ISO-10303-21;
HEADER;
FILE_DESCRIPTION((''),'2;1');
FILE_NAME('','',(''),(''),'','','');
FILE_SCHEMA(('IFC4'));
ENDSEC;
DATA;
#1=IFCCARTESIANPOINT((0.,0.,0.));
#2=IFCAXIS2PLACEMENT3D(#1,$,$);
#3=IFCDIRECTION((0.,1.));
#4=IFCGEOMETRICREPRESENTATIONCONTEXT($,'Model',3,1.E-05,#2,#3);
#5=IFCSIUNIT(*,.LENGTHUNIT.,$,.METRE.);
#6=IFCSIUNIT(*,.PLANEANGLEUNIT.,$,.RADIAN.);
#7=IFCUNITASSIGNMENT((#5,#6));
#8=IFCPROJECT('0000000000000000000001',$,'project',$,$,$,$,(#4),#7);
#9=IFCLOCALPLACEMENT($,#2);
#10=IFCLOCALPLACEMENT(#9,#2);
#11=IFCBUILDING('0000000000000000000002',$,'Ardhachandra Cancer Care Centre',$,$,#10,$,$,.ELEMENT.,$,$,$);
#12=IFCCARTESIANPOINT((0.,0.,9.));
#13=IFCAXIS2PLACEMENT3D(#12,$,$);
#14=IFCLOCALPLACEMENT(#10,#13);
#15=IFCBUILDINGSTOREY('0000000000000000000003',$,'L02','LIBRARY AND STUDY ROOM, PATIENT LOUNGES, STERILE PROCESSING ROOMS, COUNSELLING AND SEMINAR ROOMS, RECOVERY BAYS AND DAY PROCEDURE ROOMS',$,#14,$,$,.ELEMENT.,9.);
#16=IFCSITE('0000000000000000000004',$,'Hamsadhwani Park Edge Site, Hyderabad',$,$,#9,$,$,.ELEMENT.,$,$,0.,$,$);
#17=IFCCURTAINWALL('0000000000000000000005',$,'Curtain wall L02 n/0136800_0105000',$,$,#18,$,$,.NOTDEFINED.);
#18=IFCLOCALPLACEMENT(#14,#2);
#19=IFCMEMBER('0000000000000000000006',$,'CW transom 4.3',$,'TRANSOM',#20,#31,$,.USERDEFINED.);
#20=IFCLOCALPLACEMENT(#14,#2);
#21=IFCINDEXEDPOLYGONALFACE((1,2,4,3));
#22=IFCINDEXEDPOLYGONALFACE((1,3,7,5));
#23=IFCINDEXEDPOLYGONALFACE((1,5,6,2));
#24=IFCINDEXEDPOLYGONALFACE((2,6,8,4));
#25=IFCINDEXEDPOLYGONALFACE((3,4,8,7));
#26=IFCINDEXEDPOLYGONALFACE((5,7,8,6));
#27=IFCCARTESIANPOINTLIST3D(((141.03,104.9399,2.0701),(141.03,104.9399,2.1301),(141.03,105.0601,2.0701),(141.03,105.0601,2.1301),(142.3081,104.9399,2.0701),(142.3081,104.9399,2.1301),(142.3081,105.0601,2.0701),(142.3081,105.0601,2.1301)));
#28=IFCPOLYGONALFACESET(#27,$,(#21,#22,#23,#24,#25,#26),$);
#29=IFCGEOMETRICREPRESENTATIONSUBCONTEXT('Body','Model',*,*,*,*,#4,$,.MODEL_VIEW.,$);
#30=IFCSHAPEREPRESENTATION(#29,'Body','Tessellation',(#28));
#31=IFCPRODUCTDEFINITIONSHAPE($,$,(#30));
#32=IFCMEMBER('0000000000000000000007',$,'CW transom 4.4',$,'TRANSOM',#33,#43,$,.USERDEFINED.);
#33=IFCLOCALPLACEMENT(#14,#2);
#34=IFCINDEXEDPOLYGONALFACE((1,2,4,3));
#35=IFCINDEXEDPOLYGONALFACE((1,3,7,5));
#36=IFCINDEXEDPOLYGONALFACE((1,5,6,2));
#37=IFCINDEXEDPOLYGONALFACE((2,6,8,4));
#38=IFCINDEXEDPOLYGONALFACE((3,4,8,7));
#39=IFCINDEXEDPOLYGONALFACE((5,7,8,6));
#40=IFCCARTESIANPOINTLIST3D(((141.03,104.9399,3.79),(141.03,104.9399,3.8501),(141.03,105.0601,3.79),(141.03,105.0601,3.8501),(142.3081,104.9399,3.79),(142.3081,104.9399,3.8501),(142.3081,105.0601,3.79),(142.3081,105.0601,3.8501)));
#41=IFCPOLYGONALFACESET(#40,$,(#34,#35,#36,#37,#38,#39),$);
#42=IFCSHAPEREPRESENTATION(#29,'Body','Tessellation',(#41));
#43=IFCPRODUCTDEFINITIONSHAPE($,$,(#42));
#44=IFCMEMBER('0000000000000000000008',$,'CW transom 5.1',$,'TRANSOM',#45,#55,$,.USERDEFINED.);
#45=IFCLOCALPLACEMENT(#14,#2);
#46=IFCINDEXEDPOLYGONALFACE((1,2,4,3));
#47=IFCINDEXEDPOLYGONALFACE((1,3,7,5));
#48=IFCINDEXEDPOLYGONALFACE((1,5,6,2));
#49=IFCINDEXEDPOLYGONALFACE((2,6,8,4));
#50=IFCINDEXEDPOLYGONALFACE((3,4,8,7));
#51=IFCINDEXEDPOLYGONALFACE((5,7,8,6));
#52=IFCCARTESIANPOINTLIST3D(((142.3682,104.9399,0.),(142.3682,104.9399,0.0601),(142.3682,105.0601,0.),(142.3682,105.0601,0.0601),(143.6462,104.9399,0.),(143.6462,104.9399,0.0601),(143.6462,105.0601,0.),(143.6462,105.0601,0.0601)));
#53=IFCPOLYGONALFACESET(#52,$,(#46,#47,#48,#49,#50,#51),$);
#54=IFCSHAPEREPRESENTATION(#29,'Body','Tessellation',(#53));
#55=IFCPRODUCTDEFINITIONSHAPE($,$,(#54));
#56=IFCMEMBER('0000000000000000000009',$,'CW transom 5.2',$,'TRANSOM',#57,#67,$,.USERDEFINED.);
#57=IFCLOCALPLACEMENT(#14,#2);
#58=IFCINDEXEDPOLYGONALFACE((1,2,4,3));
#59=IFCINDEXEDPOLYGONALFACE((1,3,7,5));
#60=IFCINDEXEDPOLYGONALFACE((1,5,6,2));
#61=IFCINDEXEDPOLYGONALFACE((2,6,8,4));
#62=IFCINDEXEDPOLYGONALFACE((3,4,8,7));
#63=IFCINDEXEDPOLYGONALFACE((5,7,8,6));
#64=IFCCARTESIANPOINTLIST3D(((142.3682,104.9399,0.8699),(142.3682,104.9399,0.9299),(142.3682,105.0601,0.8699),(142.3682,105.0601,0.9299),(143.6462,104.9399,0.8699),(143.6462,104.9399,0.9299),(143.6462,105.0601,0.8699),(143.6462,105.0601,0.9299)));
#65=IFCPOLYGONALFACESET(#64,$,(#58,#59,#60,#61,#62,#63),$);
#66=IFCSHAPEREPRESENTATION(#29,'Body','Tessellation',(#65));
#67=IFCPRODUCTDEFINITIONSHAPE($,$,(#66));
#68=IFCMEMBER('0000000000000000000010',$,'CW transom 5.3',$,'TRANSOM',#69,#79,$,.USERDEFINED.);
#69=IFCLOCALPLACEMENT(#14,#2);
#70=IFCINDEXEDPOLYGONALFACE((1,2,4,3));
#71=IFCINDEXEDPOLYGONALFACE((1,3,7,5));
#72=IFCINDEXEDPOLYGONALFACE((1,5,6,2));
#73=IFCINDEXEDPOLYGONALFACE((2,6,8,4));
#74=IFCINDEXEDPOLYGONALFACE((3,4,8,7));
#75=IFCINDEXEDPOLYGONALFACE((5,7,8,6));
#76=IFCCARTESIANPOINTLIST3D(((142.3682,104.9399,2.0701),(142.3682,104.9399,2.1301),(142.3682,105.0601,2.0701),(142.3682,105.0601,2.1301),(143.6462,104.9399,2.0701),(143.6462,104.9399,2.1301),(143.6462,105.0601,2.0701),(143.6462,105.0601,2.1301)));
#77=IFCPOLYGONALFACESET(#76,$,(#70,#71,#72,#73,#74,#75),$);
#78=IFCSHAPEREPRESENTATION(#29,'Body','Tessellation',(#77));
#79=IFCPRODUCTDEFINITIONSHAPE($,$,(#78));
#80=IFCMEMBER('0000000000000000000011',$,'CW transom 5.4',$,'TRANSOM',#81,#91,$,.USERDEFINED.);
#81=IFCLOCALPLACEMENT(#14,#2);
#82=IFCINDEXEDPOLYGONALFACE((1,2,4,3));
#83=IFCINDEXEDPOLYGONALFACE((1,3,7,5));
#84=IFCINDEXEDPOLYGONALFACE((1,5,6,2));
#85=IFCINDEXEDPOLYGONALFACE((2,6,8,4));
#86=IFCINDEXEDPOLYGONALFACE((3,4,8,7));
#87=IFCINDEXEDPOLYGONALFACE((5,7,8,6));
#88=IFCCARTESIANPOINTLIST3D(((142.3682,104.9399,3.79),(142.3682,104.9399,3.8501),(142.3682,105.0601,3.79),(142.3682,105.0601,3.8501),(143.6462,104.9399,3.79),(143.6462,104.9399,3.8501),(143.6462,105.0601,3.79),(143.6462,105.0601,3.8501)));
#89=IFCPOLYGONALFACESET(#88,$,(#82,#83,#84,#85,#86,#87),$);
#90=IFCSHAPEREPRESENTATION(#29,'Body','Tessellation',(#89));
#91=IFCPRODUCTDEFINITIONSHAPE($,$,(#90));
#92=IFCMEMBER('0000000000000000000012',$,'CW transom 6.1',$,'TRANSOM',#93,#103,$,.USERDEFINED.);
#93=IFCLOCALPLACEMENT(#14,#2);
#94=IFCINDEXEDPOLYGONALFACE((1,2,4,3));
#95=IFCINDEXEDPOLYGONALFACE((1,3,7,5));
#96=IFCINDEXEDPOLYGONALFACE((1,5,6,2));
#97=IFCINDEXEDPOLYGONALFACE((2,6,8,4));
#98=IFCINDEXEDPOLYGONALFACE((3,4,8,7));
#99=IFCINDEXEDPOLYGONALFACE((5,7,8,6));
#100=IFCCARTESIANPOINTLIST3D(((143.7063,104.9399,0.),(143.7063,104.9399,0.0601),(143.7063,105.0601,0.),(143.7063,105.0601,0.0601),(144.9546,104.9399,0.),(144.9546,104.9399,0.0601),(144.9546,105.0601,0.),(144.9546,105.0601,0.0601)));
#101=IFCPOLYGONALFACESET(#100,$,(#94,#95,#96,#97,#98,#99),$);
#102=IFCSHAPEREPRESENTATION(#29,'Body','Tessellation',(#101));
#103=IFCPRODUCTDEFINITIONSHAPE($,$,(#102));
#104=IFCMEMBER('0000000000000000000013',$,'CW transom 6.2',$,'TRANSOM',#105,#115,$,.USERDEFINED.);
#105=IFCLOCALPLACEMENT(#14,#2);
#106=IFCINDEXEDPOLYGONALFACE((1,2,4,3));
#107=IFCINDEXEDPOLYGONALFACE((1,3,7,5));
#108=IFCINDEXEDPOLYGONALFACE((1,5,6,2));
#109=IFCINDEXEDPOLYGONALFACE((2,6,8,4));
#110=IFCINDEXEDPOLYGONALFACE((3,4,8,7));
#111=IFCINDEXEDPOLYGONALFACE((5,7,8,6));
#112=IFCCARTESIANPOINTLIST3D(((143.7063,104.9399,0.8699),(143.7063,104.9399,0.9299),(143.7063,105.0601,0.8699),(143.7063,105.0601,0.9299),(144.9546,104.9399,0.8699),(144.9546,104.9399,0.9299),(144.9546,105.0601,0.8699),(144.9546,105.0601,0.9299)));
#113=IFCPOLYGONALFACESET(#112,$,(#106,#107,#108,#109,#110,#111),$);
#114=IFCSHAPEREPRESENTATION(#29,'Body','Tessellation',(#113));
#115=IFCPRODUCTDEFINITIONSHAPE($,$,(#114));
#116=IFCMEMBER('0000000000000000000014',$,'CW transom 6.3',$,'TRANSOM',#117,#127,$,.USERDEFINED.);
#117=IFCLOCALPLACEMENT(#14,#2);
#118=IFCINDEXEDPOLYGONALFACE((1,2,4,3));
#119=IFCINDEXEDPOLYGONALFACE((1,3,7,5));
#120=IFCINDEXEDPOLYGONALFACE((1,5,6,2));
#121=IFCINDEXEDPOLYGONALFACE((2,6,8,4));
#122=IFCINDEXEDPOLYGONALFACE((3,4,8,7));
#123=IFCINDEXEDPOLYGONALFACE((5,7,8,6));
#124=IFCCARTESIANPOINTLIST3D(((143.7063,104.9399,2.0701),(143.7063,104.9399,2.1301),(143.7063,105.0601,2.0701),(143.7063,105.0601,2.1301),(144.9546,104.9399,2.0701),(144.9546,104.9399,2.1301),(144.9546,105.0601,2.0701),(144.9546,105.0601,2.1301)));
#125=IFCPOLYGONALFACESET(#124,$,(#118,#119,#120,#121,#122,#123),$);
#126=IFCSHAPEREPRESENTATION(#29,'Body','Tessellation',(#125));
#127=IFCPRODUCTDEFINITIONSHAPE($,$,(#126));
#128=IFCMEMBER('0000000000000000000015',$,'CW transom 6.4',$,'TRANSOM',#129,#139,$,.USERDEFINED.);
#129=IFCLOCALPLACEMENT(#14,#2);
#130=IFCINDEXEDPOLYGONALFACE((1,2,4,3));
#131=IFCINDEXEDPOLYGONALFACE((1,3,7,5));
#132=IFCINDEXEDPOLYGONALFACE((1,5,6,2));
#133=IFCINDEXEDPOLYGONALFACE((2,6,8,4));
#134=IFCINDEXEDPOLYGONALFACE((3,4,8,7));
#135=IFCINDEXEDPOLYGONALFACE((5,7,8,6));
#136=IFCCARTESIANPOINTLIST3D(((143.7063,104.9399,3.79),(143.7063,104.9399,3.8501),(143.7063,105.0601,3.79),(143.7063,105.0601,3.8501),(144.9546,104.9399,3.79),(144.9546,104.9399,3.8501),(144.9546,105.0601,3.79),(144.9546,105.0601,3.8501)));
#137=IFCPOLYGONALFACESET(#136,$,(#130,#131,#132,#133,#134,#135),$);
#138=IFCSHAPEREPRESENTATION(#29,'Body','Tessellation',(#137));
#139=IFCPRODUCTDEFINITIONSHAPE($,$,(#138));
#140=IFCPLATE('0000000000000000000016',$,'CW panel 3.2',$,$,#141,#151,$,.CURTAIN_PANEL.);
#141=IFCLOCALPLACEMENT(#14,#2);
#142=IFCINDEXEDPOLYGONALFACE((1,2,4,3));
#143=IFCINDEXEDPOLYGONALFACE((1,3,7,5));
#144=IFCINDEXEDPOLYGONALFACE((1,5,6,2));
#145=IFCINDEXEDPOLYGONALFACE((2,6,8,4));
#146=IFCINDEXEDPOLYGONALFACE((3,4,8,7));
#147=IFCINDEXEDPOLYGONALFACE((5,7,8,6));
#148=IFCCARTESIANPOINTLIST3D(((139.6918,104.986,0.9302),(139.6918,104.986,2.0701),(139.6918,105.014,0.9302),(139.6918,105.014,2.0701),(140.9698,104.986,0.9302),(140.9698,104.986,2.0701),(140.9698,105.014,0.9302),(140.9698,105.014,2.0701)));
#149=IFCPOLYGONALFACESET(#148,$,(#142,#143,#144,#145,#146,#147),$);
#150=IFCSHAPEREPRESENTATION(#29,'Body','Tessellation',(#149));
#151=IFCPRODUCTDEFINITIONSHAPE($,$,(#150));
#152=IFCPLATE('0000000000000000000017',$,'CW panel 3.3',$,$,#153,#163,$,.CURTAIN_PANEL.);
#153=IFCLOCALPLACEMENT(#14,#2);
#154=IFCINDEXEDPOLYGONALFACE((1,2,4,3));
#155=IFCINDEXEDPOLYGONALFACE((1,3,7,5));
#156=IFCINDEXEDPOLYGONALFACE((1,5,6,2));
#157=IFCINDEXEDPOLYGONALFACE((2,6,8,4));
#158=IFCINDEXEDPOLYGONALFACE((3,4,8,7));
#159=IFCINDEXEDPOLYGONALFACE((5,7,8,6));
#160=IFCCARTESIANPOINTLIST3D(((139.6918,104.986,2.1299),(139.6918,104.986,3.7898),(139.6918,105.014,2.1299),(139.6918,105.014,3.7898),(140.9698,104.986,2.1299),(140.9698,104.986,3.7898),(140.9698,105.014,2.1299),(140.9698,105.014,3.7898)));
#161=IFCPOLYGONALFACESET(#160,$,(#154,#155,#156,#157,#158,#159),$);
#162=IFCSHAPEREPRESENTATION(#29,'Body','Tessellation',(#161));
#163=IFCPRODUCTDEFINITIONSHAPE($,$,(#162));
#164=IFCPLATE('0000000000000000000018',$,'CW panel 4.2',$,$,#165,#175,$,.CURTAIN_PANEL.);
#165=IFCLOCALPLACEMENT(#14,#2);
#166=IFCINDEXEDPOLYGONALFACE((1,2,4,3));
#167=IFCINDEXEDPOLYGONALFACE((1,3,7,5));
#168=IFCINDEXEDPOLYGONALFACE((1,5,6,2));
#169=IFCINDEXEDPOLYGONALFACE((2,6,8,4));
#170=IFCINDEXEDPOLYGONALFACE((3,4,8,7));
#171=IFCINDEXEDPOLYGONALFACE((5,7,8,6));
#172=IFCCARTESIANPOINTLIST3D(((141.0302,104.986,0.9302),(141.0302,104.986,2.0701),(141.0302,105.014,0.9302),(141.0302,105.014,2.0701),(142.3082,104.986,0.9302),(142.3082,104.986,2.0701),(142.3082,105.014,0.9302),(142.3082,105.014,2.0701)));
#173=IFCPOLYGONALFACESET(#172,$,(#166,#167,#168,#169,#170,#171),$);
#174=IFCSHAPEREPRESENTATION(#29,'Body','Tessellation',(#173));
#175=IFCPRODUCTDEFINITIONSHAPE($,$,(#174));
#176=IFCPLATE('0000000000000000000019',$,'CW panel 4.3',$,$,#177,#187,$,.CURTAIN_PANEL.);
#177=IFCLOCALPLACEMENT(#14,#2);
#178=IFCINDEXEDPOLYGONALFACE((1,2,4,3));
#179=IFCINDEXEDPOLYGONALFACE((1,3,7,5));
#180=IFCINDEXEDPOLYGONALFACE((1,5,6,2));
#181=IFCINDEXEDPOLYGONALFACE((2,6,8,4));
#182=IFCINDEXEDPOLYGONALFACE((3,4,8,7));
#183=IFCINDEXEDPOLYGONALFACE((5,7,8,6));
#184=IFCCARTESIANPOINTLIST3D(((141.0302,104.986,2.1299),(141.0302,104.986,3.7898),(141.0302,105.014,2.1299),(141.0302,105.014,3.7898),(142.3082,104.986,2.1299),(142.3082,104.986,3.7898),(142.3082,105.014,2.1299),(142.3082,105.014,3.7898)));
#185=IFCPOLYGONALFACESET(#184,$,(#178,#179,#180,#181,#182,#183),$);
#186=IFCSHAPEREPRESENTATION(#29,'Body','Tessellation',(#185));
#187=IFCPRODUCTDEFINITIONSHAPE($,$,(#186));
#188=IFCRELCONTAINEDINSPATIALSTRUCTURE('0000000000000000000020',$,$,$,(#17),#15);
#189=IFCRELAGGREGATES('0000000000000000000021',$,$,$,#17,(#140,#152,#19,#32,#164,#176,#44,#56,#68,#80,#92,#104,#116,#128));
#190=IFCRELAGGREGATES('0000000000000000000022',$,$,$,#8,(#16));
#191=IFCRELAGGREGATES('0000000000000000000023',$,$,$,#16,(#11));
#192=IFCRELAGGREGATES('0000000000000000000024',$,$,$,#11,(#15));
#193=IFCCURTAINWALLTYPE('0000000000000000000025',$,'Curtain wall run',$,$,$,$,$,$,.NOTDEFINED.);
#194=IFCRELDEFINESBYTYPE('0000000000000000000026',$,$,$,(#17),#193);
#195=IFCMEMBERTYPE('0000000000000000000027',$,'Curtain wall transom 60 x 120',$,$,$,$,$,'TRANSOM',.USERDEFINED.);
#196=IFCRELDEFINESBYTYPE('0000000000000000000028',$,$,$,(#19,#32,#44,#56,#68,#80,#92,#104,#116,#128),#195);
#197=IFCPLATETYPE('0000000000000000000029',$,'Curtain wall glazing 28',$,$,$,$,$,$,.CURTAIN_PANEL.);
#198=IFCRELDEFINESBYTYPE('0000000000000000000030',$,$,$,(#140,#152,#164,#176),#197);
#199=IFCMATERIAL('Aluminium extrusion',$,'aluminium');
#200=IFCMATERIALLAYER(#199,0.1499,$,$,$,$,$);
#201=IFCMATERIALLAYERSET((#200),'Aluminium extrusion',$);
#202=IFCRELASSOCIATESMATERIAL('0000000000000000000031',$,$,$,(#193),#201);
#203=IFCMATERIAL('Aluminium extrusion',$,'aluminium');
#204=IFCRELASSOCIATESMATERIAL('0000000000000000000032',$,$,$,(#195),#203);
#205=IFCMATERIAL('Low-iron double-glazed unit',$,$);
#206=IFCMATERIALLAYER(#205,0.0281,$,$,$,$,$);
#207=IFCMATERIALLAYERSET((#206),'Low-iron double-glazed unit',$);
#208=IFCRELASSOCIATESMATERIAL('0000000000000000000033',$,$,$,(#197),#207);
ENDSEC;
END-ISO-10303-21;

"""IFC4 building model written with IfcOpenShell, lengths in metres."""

from ifc_helpers import new_model, si_unit, direction, frame, origin, origin_2d, place, context, subcontext, project, spatial, rectangle, extrude, material, layer, layer_set, material_profile, profile_set, type_object, element, aggregate, save


model = new_model("IFC4")

# Units and contexts
model_context = context("Model", 3, precision=1e-05, world=origin(), true_north=direction((0.0, 1.0)))
body_context = subcontext(model_context, "Body", "Model", "MODEL_VIEW")
ifc_project = project(units=[si_unit("LENGTHUNIT", "METRE"), si_unit("PLANEANGLEUNIT", "RADIAN")], contexts=[model_context])

# Site, building, storey
site_placement = place(None, origin())
site = spatial("IfcSite", under=ifc_project, at=site_placement, Name="Hamsadhwani Park Edge Site, Hyderabad", CompositionType="ELEMENT", RefElevation=0.0)
building_placement = place(site_placement, origin())
building = spatial("IfcBuilding", under=site, at=building_placement, Name="Ardhachandra Cancer Care Centre", CompositionType="ELEMENT")
storey_placement = place(building_placement, frame((0.0, 0.0, 9.0)))
storey = spatial("IfcBuildingStorey", under=building, at=storey_placement, Name="L02", Description="LIBRARY AND STUDY ROOM, PATIENT LOUNGES, STERILE PROCESSING ROOMS, COUNSELLING AND SEMINAR ROOMS, RECOVERY BAYS AND DAY PROCEDURE ROOMS", CompositionType="ELEMENT", Elevation=9.0)

# Curtain wall, members, plates
ifc_material_1 = material(Name="Aluminium extrusion", Category="aluminium")
ifc_layer_1 = layer(ifc_material_1, 0.1499)
ifc_layer_set_1 = layer_set([ifc_layer_1], Name="Aluminium extrusion")
curtain_wall_type = type_object("IfcCurtainWallType", Name="Curtain wall run", PredefinedType="NOTDEFINED", material=ifc_layer_set_1)
curtain_wall_placement = place(storey_placement, origin())
curtain_wall = element("IfcCurtainWall", 1, at=curtain_wall_placement, inside=storey, type_object=curtain_wall_type, Name="Curtain wall L02 n/0136800_0105000", PredefinedType="NOTDEFINED")
ifc_material_2 = material(Name="Aluminium extrusion", Category="aluminium")
ifc_material_profile_1 = material_profile(ifc_material_2, rectangle(XDim=0.1201, YDim=0.0601, at=origin_2d()), Name="Curtain wall transom 60 x 120")
ifc_profile_set_1 = profile_set([ifc_material_profile_1], Name="Aluminium extrusion")
member_type_1 = type_object("IfcMemberType", Name="Curtain wall transom 60 x 120", ElementType="TRANSOM", PredefinedType="USERDEFINED", material=ifc_profile_set_1)
member_1_placement = place(storey_placement, frame((141.03, 105.0, 2.1001), z_axis=(1.0, 0.0, 0.0), x_axis=(0.0, 1.0, 0.0)))
member_1 = element("IfcMember", 2, at=member_1_placement, type_object=member_type_1, Name="CW transom 4.3", ObjectType="TRANSOM", PredefinedType="USERDEFINED", context=body_context, shape_type="SweptSolid", body=[
    extrude(rectangle(XDim=0.1201, YDim=0.0601, at=origin_2d()), origin(), (0.0, 0.0, 1.0), 1.2781),
])
member_2_placement = place(storey_placement, frame((141.03, 105.0, 3.8201), z_axis=(1.0, 0.0, 0.0), x_axis=(0.0, 1.0, 0.0)))
member_2 = element("IfcMember", 3, at=member_2_placement, type_object=member_type_1, Name="CW transom 4.4", ObjectType="TRANSOM", PredefinedType="USERDEFINED", context=body_context, shape_type="SweptSolid", body=[
    extrude(rectangle(XDim=0.1201, YDim=0.0601, at=origin_2d()), origin(), (0.0, 0.0, 1.0), 1.2781),
])
member_3_placement = place(storey_placement, frame((142.3682, 105.0, 0.03), z_axis=(1.0, 0.0, 0.0), x_axis=(0.0, 1.0, 0.0)))
member_3 = element("IfcMember", 4, at=member_3_placement, type_object=member_type_1, Name="CW transom 5.1", ObjectType="TRANSOM", PredefinedType="USERDEFINED", context=body_context, shape_type="SweptSolid", body=[
    extrude(rectangle(XDim=0.1201, YDim=0.0601, at=origin_2d()), origin(), (0.0, 0.0, 1.0), 1.2781),
])
member_4_placement = place(storey_placement, frame((142.3682, 105.0, 0.8999), z_axis=(1.0, 0.0, 0.0), x_axis=(0.0, 1.0, 0.0)))
member_4 = element("IfcMember", 5, at=member_4_placement, type_object=member_type_1, Name="CW transom 5.2", ObjectType="TRANSOM", PredefinedType="USERDEFINED", context=body_context, shape_type="SweptSolid", body=[
    extrude(rectangle(XDim=0.1201, YDim=0.0601, at=origin_2d()), origin(), (0.0, 0.0, 1.0), 1.2781),
])
member_5_placement = place(storey_placement, frame((142.3682, 105.0, 2.1001), z_axis=(1.0, 0.0, 0.0), x_axis=(0.0, 1.0, 0.0)))
member_5 = element("IfcMember", 6, at=member_5_placement, type_object=member_type_1, Name="CW transom 5.3", ObjectType="TRANSOM", PredefinedType="USERDEFINED", context=body_context, shape_type="SweptSolid", body=[
    extrude(rectangle(XDim=0.1201, YDim=0.0601, at=origin_2d()), origin(), (0.0, 0.0, 1.0), 1.2781),
])
member_6_placement = place(storey_placement, frame((142.3682, 105.0, 3.8201), z_axis=(1.0, 0.0, 0.0), x_axis=(0.0, 1.0, 0.0)))
member_6 = element("IfcMember", 7, at=member_6_placement, type_object=member_type_1, Name="CW transom 5.4", ObjectType="TRANSOM", PredefinedType="USERDEFINED", context=body_context, shape_type="SweptSolid", body=[
    extrude(rectangle(XDim=0.1201, YDim=0.0601, at=origin_2d()), origin(), (0.0, 0.0, 1.0), 1.2781),
])
member_7_placement = place(storey_placement, frame((143.7063, 105.0, 0.03), z_axis=(1.0, 0.0, 0.0), x_axis=(0.0, 1.0, 0.0)))
member_7 = element("IfcMember", 8, at=member_7_placement, type_object=member_type_1, Name="CW transom 6.1", ObjectType="TRANSOM", PredefinedType="USERDEFINED", context=body_context, shape_type="SweptSolid", body=[
    extrude(rectangle(XDim=0.1201, YDim=0.0601, at=origin_2d()), origin(), (0.0, 0.0, 1.0), 1.2483),
])
member_8_placement = place(storey_placement, frame((143.7063, 105.0, 0.8999), z_axis=(1.0, 0.0, 0.0), x_axis=(0.0, 1.0, 0.0)))
member_8 = element("IfcMember", 9, at=member_8_placement, type_object=member_type_1, Name="CW transom 6.2", ObjectType="TRANSOM", PredefinedType="USERDEFINED", context=body_context, shape_type="SweptSolid", body=[
    extrude(rectangle(XDim=0.1201, YDim=0.0601, at=origin_2d()), origin(), (0.0, 0.0, 1.0), 1.2483),
])
member_9_placement = place(storey_placement, frame((143.7063, 105.0, 2.1001), z_axis=(1.0, 0.0, 0.0), x_axis=(0.0, 1.0, 0.0)))
member_9 = element("IfcMember", 10, at=member_9_placement, type_object=member_type_1, Name="CW transom 6.3", ObjectType="TRANSOM", PredefinedType="USERDEFINED", context=body_context, shape_type="SweptSolid", body=[
    extrude(rectangle(XDim=0.1201, YDim=0.0601, at=origin_2d()), origin(), (0.0, 0.0, 1.0), 1.2483),
])
member_10_placement = place(storey_placement, frame((143.7063, 105.0, 3.8201), z_axis=(1.0, 0.0, 0.0), x_axis=(0.0, 1.0, 0.0)))
member_10 = element("IfcMember", 11, at=member_10_placement, type_object=member_type_1, Name="CW transom 6.4", ObjectType="TRANSOM", PredefinedType="USERDEFINED", context=body_context, shape_type="SweptSolid", body=[
    extrude(rectangle(XDim=0.1201, YDim=0.0601, at=origin_2d()), origin(), (0.0, 0.0, 1.0), 1.2483),
])
ifc_material_3 = material(Name="Low-iron double-glazed unit")
ifc_layer_2 = layer(ifc_material_3, 0.0281)
ifc_layer_set_2 = layer_set([ifc_layer_2], Name="Low-iron double-glazed unit")
plate_type_1 = type_object("IfcPlateType", Name="Curtain wall glazing 28", PredefinedType="CURTAIN_PANEL", material=ifc_layer_set_2)
plate_1_placement = place(storey_placement, frame((140.3308, 105.0, 0.9302), z_axis=(0.0, 0.0, 1.0), x_axis=(1.0, 0.0, 0.0)))
plate_1 = element("IfcPlate", 12, at=plate_1_placement, type_object=plate_type_1, Name="CW panel 3.2", PredefinedType="CURTAIN_PANEL", context=body_context, shape_type="SweptSolid", body=[
    extrude(rectangle(XDim=1.2781, YDim=0.0281, at=origin_2d()), origin(), (0.0, 0.0, 1.0), 1.1399),
])
plate_2_placement = place(storey_placement, frame((140.3308, 105.0, 2.1299), z_axis=(0.0, 0.0, 1.0), x_axis=(1.0, 0.0, 0.0)))
plate_2 = element("IfcPlate", 13, at=plate_2_placement, type_object=plate_type_1, Name="CW panel 3.3", PredefinedType="CURTAIN_PANEL", context=body_context, shape_type="SweptSolid", body=[
    extrude(rectangle(XDim=1.2781, YDim=0.0281, at=origin_2d()), origin(), (0.0, 0.0, 1.0), 1.6599),
])
plate_3_placement = place(storey_placement, frame((141.6692, 105.0, 0.9302), z_axis=(0.0, 0.0, 1.0), x_axis=(1.0, 0.0, 0.0)))
plate_3 = element("IfcPlate", 14, at=plate_3_placement, type_object=plate_type_1, Name="CW panel 4.2", PredefinedType="CURTAIN_PANEL", context=body_context, shape_type="SweptSolid", body=[
    extrude(rectangle(XDim=1.2781, YDim=0.0281, at=origin_2d()), origin(), (0.0, 0.0, 1.0), 1.1399),
])
plate_4_placement = place(storey_placement, frame((141.6692, 105.0, 2.1299), z_axis=(0.0, 0.0, 1.0), x_axis=(1.0, 0.0, 0.0)))
plate_4 = element("IfcPlate", 15, at=plate_4_placement, type_object=plate_type_1, Name="CW panel 4.3", PredefinedType="CURTAIN_PANEL", context=body_context, shape_type="SweptSolid", body=[
    extrude(rectangle(XDim=1.2781, YDim=0.0281, at=origin_2d()), origin(), (0.0, 0.0, 1.0), 1.6599),
])
aggregate(curtain_wall, [plate_1, plate_2, member_1, member_2, plate_3, plate_4, member_3, member_4, member_5, member_6, member_7, member_8, member_9, member_10])

save(model, "model.ifc")
